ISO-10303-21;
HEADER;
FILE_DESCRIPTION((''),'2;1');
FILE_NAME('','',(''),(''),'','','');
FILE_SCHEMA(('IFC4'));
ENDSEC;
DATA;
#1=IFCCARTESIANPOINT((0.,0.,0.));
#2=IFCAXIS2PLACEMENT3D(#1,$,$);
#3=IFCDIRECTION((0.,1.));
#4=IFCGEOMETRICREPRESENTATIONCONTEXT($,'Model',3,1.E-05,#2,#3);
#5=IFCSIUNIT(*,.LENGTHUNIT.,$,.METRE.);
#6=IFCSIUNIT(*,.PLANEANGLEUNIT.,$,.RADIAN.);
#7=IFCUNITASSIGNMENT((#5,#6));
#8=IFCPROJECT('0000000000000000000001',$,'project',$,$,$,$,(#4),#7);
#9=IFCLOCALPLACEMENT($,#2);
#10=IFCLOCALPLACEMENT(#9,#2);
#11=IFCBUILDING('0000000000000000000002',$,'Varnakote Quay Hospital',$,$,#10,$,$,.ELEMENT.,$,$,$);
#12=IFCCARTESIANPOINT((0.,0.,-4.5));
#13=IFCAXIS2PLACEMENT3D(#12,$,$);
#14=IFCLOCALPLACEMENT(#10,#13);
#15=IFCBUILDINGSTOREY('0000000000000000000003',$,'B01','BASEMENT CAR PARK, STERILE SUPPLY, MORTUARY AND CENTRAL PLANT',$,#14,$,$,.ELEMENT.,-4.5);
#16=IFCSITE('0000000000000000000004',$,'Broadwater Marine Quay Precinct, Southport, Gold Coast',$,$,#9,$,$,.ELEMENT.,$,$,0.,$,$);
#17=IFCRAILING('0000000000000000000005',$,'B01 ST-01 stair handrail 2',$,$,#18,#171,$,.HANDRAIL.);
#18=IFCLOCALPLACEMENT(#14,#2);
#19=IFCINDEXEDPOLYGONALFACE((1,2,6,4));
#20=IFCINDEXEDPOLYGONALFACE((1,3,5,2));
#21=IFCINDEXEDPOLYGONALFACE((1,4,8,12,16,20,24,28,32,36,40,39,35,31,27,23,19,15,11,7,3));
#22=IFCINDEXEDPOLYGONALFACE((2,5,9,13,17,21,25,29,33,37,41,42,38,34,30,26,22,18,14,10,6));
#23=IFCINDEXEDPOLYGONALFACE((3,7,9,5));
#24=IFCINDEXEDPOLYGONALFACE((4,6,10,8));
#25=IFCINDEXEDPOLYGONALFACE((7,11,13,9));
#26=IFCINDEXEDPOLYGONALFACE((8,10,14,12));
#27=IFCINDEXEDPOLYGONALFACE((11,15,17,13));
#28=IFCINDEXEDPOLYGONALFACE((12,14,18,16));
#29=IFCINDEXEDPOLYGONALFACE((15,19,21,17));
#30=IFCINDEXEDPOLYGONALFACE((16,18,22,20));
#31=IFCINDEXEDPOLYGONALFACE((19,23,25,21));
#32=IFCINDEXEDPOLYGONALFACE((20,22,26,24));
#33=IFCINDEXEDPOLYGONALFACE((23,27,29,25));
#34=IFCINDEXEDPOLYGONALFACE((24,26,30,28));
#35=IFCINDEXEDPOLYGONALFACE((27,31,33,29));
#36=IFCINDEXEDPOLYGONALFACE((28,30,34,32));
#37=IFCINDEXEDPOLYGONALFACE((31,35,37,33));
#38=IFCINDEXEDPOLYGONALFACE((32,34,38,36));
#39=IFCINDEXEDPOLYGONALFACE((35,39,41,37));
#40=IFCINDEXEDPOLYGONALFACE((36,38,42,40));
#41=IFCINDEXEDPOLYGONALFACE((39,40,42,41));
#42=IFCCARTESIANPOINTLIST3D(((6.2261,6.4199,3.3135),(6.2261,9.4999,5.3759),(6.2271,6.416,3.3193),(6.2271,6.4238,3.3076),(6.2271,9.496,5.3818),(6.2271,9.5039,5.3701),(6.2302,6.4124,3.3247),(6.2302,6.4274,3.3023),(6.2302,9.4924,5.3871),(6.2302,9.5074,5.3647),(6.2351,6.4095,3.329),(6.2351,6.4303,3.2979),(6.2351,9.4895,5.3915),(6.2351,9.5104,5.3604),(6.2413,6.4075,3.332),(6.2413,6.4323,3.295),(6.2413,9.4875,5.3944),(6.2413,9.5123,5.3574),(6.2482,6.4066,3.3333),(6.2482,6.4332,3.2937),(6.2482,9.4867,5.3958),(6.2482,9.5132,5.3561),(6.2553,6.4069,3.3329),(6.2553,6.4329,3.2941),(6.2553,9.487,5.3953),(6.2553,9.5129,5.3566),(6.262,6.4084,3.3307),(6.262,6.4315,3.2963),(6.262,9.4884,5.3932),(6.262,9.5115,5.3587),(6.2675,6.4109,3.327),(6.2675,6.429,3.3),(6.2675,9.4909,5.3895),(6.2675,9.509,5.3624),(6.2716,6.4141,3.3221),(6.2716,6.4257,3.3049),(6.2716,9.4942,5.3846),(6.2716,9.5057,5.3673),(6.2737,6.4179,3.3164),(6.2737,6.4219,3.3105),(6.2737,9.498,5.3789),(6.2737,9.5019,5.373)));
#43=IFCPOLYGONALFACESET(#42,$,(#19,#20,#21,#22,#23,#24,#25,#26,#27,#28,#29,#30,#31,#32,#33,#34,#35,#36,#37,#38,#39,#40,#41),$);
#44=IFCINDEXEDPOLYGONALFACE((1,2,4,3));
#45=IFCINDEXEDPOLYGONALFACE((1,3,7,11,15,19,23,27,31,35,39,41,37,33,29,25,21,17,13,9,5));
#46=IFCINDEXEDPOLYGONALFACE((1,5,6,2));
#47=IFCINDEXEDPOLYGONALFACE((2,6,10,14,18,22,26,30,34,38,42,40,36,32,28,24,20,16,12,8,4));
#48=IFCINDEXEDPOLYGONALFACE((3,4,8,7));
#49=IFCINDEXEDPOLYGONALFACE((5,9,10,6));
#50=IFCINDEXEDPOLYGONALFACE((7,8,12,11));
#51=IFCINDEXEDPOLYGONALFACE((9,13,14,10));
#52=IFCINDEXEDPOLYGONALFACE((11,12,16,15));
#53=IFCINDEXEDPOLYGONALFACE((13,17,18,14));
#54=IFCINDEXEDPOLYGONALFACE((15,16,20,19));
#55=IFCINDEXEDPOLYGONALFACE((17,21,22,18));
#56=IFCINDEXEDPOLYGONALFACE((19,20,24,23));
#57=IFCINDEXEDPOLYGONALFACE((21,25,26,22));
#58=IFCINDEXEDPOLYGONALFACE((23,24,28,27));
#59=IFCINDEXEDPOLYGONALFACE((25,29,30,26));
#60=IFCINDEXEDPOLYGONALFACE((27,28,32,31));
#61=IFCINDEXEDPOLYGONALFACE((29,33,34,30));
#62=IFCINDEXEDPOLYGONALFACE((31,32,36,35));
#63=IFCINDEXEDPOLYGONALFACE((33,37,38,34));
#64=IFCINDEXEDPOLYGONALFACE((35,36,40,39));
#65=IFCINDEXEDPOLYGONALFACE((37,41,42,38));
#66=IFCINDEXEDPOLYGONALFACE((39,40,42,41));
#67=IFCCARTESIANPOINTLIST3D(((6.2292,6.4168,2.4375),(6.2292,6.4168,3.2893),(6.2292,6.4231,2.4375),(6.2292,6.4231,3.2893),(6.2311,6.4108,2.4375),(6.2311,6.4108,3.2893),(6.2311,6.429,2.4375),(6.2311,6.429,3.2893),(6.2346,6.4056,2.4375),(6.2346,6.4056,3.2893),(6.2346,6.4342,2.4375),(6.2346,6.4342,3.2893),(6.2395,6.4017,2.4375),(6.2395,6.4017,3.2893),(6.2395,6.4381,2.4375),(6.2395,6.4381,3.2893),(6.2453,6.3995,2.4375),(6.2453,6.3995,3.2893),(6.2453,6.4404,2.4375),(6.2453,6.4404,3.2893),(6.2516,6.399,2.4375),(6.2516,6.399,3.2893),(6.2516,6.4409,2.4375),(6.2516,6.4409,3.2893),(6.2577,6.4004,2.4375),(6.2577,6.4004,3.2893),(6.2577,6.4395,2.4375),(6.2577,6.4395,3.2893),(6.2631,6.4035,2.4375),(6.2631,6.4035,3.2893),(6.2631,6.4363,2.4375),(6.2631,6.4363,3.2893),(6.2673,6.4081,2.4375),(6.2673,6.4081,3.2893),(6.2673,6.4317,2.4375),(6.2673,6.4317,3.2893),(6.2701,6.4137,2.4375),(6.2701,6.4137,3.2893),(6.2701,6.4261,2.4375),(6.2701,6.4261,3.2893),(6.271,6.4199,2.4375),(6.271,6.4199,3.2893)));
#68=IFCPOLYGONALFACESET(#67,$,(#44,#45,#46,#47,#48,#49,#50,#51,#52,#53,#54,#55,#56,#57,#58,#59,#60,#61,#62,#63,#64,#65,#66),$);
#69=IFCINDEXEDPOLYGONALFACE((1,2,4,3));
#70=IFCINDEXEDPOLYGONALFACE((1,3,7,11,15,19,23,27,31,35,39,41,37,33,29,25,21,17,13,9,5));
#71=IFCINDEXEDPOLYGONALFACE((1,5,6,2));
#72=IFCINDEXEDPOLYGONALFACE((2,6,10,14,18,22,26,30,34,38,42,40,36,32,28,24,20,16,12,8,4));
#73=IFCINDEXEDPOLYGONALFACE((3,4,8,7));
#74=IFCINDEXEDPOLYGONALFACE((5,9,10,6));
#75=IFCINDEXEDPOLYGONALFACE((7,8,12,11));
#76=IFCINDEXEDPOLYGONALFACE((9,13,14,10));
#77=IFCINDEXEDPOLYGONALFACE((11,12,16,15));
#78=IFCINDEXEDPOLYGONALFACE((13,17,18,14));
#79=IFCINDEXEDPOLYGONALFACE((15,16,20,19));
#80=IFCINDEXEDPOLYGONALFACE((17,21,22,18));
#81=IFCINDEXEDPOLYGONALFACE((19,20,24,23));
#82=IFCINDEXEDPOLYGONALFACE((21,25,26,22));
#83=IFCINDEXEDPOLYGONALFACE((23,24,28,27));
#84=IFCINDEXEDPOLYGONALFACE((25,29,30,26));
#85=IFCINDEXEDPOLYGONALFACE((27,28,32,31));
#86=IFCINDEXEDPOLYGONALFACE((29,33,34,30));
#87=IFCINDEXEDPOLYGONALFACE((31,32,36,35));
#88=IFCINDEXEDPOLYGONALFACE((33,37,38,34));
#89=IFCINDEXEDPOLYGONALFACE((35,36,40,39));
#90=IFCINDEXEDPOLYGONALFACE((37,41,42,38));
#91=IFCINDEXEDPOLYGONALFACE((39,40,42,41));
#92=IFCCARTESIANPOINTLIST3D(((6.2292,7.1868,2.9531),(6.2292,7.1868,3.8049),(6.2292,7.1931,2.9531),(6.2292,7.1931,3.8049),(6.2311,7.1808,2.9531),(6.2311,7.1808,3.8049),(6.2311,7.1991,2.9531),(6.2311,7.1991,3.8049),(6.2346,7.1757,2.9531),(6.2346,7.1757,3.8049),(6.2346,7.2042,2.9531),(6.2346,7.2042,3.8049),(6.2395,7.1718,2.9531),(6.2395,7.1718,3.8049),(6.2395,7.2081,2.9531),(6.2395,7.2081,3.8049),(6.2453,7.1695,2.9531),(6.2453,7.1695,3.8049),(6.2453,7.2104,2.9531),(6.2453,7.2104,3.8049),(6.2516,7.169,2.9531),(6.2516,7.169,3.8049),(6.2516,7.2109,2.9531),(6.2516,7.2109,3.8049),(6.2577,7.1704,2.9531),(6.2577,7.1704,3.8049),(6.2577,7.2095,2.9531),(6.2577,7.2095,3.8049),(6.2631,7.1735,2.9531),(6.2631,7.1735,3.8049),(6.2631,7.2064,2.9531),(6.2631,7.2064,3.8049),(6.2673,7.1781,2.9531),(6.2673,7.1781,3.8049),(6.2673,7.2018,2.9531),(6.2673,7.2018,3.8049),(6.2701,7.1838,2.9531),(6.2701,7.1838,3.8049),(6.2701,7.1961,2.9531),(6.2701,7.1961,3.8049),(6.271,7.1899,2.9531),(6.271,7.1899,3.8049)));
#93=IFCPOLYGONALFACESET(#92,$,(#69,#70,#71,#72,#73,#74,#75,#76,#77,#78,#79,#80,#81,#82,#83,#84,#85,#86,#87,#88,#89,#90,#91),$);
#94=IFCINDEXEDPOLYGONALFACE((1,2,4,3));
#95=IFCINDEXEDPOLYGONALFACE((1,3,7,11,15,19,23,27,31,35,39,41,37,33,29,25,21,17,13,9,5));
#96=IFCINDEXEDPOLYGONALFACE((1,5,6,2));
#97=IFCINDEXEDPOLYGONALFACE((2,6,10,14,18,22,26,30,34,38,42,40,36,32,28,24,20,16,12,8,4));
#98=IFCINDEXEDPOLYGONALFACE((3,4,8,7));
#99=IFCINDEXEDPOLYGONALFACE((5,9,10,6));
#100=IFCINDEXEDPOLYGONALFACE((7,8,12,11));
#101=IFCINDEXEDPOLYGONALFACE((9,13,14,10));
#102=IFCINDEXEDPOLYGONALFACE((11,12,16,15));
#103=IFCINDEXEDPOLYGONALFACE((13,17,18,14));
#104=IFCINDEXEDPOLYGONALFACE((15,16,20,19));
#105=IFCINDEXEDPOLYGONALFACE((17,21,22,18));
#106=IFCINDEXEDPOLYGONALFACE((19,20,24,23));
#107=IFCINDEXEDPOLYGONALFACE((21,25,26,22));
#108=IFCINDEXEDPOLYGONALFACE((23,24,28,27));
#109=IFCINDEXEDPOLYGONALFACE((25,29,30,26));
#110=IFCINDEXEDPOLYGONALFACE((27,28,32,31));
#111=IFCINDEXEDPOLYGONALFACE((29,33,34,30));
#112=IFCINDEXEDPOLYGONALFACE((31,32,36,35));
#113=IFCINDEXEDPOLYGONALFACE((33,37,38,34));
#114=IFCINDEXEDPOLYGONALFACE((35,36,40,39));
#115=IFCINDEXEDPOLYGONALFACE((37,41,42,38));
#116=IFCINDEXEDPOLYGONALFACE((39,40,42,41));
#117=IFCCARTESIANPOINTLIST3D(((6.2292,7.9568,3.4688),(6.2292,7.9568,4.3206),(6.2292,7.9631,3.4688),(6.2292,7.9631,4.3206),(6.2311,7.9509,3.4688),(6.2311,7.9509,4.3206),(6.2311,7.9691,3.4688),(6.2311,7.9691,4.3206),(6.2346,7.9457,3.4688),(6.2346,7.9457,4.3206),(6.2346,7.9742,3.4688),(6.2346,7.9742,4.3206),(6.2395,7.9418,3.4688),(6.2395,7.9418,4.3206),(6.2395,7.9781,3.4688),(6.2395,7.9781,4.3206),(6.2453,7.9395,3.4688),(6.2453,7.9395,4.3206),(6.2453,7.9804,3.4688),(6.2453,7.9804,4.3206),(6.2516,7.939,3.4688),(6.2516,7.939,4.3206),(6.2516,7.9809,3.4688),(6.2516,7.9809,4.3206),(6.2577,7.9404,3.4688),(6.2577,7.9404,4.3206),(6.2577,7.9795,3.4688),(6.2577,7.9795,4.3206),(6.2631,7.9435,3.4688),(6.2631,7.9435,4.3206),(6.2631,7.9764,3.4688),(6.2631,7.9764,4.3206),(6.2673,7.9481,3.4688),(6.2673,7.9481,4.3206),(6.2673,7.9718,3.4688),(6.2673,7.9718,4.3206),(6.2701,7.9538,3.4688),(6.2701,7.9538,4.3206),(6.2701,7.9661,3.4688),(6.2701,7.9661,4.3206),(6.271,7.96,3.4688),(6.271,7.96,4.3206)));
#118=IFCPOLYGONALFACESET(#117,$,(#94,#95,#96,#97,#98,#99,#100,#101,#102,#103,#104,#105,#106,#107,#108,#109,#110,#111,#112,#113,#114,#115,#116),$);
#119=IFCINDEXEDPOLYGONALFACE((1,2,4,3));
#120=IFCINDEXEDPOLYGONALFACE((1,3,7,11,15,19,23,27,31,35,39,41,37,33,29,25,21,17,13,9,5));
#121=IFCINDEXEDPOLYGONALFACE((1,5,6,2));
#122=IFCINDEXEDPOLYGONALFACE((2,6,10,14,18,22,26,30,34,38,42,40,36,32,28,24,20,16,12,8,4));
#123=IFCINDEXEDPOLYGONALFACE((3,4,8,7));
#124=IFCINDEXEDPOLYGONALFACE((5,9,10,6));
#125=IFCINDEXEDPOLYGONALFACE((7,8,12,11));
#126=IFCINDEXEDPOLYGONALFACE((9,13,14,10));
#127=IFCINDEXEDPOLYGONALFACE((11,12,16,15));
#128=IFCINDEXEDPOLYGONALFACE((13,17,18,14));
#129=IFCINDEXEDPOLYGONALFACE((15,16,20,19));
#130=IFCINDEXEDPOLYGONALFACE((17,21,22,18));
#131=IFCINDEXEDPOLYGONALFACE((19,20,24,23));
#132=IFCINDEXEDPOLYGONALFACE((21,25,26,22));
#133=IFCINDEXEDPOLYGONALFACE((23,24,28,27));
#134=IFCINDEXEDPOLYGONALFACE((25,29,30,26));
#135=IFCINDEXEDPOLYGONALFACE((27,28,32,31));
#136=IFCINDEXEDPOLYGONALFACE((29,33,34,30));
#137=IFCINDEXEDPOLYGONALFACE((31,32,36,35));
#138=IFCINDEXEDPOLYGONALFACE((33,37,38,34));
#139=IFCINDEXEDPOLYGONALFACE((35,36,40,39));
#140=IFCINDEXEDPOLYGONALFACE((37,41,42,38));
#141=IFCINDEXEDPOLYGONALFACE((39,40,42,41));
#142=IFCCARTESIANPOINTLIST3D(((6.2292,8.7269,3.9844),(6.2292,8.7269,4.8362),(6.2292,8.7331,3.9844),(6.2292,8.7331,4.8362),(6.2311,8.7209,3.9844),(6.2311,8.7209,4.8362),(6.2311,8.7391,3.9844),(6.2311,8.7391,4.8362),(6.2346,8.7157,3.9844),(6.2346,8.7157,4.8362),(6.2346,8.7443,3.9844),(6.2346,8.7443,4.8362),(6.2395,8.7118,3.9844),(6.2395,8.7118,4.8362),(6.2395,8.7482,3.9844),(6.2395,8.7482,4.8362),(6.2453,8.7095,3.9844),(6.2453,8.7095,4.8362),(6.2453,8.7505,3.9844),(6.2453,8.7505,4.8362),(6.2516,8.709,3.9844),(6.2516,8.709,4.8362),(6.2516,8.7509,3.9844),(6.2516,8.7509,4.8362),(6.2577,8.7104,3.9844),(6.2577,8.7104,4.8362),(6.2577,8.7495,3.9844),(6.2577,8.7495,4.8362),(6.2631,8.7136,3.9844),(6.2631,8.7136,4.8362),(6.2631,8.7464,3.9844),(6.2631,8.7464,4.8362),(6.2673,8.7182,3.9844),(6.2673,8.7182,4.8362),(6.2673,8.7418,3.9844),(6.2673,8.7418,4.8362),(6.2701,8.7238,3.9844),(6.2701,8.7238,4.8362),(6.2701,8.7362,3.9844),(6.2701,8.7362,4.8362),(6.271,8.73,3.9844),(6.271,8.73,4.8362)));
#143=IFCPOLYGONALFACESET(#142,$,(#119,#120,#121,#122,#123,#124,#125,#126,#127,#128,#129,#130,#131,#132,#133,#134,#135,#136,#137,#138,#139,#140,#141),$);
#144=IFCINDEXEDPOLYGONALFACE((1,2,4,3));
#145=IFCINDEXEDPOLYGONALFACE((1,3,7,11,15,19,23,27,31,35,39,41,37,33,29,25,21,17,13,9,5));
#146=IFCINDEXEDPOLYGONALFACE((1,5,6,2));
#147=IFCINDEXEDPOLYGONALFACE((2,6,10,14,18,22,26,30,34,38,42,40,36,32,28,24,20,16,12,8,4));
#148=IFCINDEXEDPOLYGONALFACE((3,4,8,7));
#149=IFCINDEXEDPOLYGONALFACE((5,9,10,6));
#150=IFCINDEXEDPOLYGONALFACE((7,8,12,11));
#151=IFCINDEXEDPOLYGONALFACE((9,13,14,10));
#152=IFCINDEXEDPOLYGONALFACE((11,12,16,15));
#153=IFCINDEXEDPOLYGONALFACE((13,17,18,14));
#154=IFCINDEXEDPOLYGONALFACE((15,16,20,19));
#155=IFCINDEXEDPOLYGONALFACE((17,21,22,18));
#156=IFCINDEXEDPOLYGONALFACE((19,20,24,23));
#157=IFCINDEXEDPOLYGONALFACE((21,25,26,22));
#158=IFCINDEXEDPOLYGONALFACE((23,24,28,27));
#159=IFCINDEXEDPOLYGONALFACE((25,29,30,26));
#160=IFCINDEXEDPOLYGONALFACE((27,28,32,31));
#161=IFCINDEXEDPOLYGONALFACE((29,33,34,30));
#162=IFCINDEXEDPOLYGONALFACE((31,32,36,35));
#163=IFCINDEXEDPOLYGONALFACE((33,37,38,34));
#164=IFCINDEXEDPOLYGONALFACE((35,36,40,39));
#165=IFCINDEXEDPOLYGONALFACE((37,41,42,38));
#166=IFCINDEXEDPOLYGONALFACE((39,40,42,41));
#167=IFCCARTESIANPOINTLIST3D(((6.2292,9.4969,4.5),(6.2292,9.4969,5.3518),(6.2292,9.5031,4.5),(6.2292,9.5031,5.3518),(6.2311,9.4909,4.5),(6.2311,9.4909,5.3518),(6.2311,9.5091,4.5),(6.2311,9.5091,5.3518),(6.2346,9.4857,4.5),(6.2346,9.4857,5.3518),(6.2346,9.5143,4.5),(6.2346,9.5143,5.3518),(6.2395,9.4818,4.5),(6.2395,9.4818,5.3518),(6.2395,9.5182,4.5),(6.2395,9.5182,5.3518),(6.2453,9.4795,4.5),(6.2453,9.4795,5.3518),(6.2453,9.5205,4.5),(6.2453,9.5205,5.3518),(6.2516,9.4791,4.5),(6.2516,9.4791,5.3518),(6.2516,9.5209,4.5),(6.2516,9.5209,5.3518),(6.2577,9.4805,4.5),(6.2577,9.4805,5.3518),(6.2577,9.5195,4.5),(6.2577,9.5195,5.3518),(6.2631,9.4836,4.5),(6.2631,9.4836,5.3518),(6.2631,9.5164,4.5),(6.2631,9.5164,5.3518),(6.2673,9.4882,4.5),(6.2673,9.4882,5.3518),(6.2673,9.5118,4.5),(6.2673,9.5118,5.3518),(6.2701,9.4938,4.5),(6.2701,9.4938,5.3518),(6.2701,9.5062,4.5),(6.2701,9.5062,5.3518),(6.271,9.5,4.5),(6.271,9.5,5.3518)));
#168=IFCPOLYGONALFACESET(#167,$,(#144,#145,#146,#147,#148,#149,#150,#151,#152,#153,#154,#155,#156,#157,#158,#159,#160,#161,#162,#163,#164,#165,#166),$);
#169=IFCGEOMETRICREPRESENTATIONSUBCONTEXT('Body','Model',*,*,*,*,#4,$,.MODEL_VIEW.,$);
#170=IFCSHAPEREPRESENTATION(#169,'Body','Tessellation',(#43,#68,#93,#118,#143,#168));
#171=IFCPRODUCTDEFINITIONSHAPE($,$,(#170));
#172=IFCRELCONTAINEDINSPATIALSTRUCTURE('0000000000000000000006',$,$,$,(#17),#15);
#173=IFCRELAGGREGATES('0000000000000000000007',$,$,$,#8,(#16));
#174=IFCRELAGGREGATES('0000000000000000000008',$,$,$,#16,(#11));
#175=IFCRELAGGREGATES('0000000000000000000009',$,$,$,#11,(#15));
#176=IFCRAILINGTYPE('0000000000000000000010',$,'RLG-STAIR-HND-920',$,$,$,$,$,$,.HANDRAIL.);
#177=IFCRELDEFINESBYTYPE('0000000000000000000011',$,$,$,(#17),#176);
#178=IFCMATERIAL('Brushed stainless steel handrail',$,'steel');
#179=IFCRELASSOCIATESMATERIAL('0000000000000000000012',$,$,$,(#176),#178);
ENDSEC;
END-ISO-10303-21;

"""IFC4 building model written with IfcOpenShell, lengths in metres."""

from ifc_helpers import new_model, si_unit, direction, frame, origin, origin_2d, place, context, subcontext, project, spatial, circle, extrude, material, type_object, element, save


model = new_model("IFC4")

# Units and contexts
model_context = context("Model", 3, precision=1e-05, world=origin(), true_north=direction((0.0, 1.0)))
body_context = subcontext(model_context, "Body", "Model", "MODEL_VIEW")
ifc_project = project(units=[si_unit("LENGTHUNIT", "METRE"), si_unit("PLANEANGLEUNIT", "RADIAN")], contexts=[model_context])

# Site, building, storey
site_placement = place(None, origin())
site = spatial("IfcSite", under=ifc_project, at=site_placement, Name="Broadwater Marine Quay Precinct, Southport, Gold Coast", CompositionType="ELEMENT", RefElevation=0.0)
building_placement = place(site_placement, origin())
building = spatial("IfcBuilding", under=site, at=building_placement, Name="Varnakote Quay Hospital", CompositionType="ELEMENT")
storey_placement = place(building_placement, frame((0.0, 0.0, -4.5)))
storey = spatial("IfcBuildingStorey", under=building, at=storey_placement, Name="B01", Description="BASEMENT CAR PARK, STERILE SUPPLY, MORTUARY AND CENTRAL PLANT", CompositionType="ELEMENT", Elevation=-4.5)

# Railing
ifc_material_1 = material(Name="Brushed stainless steel handrail", Category="steel")
railing_type_1 = type_object("IfcRailingType", Name="RLG-STAIR-HND-920", PredefinedType="HANDRAIL", material=ifc_material_1)
railing_1_placement = place(storey_placement, frame((6.25, 6.4199, 2.4375)))
element("IfcRailing", 1, at=railing_1_placement, inside=storey, type_object=railing_type_1, Name="B01 ST-01 stair handrail 2", PredefinedType="HANDRAIL", context=body_context, shape_type="SweptSolid", body=[
    extrude(circle(Radius=0.0239, at=origin_2d()), frame((0.0, 0.0, 0.876), z_axis=(0.0, 0.830914, 0.556401), x_axis=(-1.0, 0.0, 0.0)), (0.0, 0.0, 1.0), 3.7068),
    extrude(circle(Radius=0.021, at=origin_2d()), origin(), (0.0, 0.0, 1.0), 0.8518),
    extrude(circle(Radius=0.021, at=origin_2d()), frame((0.0, 0.77, 0.5156)), (0.0, 0.0, 1.0), 0.8518),
    extrude(circle(Radius=0.021, at=origin_2d()), frame((0.0, 1.54, 1.0312)), (0.0, 0.0, 1.0), 0.8518),
    extrude(circle(Radius=0.021, at=origin_2d()), frame((0.0, 2.3101, 1.5469)), (0.0, 0.0, 1.0), 0.8518),
    extrude(circle(Radius=0.021, at=origin_2d()), frame((0.0, 3.0801, 2.0625)), (0.0, 0.0, 1.0), 0.8518),
])

save(model, "model.ifc")
